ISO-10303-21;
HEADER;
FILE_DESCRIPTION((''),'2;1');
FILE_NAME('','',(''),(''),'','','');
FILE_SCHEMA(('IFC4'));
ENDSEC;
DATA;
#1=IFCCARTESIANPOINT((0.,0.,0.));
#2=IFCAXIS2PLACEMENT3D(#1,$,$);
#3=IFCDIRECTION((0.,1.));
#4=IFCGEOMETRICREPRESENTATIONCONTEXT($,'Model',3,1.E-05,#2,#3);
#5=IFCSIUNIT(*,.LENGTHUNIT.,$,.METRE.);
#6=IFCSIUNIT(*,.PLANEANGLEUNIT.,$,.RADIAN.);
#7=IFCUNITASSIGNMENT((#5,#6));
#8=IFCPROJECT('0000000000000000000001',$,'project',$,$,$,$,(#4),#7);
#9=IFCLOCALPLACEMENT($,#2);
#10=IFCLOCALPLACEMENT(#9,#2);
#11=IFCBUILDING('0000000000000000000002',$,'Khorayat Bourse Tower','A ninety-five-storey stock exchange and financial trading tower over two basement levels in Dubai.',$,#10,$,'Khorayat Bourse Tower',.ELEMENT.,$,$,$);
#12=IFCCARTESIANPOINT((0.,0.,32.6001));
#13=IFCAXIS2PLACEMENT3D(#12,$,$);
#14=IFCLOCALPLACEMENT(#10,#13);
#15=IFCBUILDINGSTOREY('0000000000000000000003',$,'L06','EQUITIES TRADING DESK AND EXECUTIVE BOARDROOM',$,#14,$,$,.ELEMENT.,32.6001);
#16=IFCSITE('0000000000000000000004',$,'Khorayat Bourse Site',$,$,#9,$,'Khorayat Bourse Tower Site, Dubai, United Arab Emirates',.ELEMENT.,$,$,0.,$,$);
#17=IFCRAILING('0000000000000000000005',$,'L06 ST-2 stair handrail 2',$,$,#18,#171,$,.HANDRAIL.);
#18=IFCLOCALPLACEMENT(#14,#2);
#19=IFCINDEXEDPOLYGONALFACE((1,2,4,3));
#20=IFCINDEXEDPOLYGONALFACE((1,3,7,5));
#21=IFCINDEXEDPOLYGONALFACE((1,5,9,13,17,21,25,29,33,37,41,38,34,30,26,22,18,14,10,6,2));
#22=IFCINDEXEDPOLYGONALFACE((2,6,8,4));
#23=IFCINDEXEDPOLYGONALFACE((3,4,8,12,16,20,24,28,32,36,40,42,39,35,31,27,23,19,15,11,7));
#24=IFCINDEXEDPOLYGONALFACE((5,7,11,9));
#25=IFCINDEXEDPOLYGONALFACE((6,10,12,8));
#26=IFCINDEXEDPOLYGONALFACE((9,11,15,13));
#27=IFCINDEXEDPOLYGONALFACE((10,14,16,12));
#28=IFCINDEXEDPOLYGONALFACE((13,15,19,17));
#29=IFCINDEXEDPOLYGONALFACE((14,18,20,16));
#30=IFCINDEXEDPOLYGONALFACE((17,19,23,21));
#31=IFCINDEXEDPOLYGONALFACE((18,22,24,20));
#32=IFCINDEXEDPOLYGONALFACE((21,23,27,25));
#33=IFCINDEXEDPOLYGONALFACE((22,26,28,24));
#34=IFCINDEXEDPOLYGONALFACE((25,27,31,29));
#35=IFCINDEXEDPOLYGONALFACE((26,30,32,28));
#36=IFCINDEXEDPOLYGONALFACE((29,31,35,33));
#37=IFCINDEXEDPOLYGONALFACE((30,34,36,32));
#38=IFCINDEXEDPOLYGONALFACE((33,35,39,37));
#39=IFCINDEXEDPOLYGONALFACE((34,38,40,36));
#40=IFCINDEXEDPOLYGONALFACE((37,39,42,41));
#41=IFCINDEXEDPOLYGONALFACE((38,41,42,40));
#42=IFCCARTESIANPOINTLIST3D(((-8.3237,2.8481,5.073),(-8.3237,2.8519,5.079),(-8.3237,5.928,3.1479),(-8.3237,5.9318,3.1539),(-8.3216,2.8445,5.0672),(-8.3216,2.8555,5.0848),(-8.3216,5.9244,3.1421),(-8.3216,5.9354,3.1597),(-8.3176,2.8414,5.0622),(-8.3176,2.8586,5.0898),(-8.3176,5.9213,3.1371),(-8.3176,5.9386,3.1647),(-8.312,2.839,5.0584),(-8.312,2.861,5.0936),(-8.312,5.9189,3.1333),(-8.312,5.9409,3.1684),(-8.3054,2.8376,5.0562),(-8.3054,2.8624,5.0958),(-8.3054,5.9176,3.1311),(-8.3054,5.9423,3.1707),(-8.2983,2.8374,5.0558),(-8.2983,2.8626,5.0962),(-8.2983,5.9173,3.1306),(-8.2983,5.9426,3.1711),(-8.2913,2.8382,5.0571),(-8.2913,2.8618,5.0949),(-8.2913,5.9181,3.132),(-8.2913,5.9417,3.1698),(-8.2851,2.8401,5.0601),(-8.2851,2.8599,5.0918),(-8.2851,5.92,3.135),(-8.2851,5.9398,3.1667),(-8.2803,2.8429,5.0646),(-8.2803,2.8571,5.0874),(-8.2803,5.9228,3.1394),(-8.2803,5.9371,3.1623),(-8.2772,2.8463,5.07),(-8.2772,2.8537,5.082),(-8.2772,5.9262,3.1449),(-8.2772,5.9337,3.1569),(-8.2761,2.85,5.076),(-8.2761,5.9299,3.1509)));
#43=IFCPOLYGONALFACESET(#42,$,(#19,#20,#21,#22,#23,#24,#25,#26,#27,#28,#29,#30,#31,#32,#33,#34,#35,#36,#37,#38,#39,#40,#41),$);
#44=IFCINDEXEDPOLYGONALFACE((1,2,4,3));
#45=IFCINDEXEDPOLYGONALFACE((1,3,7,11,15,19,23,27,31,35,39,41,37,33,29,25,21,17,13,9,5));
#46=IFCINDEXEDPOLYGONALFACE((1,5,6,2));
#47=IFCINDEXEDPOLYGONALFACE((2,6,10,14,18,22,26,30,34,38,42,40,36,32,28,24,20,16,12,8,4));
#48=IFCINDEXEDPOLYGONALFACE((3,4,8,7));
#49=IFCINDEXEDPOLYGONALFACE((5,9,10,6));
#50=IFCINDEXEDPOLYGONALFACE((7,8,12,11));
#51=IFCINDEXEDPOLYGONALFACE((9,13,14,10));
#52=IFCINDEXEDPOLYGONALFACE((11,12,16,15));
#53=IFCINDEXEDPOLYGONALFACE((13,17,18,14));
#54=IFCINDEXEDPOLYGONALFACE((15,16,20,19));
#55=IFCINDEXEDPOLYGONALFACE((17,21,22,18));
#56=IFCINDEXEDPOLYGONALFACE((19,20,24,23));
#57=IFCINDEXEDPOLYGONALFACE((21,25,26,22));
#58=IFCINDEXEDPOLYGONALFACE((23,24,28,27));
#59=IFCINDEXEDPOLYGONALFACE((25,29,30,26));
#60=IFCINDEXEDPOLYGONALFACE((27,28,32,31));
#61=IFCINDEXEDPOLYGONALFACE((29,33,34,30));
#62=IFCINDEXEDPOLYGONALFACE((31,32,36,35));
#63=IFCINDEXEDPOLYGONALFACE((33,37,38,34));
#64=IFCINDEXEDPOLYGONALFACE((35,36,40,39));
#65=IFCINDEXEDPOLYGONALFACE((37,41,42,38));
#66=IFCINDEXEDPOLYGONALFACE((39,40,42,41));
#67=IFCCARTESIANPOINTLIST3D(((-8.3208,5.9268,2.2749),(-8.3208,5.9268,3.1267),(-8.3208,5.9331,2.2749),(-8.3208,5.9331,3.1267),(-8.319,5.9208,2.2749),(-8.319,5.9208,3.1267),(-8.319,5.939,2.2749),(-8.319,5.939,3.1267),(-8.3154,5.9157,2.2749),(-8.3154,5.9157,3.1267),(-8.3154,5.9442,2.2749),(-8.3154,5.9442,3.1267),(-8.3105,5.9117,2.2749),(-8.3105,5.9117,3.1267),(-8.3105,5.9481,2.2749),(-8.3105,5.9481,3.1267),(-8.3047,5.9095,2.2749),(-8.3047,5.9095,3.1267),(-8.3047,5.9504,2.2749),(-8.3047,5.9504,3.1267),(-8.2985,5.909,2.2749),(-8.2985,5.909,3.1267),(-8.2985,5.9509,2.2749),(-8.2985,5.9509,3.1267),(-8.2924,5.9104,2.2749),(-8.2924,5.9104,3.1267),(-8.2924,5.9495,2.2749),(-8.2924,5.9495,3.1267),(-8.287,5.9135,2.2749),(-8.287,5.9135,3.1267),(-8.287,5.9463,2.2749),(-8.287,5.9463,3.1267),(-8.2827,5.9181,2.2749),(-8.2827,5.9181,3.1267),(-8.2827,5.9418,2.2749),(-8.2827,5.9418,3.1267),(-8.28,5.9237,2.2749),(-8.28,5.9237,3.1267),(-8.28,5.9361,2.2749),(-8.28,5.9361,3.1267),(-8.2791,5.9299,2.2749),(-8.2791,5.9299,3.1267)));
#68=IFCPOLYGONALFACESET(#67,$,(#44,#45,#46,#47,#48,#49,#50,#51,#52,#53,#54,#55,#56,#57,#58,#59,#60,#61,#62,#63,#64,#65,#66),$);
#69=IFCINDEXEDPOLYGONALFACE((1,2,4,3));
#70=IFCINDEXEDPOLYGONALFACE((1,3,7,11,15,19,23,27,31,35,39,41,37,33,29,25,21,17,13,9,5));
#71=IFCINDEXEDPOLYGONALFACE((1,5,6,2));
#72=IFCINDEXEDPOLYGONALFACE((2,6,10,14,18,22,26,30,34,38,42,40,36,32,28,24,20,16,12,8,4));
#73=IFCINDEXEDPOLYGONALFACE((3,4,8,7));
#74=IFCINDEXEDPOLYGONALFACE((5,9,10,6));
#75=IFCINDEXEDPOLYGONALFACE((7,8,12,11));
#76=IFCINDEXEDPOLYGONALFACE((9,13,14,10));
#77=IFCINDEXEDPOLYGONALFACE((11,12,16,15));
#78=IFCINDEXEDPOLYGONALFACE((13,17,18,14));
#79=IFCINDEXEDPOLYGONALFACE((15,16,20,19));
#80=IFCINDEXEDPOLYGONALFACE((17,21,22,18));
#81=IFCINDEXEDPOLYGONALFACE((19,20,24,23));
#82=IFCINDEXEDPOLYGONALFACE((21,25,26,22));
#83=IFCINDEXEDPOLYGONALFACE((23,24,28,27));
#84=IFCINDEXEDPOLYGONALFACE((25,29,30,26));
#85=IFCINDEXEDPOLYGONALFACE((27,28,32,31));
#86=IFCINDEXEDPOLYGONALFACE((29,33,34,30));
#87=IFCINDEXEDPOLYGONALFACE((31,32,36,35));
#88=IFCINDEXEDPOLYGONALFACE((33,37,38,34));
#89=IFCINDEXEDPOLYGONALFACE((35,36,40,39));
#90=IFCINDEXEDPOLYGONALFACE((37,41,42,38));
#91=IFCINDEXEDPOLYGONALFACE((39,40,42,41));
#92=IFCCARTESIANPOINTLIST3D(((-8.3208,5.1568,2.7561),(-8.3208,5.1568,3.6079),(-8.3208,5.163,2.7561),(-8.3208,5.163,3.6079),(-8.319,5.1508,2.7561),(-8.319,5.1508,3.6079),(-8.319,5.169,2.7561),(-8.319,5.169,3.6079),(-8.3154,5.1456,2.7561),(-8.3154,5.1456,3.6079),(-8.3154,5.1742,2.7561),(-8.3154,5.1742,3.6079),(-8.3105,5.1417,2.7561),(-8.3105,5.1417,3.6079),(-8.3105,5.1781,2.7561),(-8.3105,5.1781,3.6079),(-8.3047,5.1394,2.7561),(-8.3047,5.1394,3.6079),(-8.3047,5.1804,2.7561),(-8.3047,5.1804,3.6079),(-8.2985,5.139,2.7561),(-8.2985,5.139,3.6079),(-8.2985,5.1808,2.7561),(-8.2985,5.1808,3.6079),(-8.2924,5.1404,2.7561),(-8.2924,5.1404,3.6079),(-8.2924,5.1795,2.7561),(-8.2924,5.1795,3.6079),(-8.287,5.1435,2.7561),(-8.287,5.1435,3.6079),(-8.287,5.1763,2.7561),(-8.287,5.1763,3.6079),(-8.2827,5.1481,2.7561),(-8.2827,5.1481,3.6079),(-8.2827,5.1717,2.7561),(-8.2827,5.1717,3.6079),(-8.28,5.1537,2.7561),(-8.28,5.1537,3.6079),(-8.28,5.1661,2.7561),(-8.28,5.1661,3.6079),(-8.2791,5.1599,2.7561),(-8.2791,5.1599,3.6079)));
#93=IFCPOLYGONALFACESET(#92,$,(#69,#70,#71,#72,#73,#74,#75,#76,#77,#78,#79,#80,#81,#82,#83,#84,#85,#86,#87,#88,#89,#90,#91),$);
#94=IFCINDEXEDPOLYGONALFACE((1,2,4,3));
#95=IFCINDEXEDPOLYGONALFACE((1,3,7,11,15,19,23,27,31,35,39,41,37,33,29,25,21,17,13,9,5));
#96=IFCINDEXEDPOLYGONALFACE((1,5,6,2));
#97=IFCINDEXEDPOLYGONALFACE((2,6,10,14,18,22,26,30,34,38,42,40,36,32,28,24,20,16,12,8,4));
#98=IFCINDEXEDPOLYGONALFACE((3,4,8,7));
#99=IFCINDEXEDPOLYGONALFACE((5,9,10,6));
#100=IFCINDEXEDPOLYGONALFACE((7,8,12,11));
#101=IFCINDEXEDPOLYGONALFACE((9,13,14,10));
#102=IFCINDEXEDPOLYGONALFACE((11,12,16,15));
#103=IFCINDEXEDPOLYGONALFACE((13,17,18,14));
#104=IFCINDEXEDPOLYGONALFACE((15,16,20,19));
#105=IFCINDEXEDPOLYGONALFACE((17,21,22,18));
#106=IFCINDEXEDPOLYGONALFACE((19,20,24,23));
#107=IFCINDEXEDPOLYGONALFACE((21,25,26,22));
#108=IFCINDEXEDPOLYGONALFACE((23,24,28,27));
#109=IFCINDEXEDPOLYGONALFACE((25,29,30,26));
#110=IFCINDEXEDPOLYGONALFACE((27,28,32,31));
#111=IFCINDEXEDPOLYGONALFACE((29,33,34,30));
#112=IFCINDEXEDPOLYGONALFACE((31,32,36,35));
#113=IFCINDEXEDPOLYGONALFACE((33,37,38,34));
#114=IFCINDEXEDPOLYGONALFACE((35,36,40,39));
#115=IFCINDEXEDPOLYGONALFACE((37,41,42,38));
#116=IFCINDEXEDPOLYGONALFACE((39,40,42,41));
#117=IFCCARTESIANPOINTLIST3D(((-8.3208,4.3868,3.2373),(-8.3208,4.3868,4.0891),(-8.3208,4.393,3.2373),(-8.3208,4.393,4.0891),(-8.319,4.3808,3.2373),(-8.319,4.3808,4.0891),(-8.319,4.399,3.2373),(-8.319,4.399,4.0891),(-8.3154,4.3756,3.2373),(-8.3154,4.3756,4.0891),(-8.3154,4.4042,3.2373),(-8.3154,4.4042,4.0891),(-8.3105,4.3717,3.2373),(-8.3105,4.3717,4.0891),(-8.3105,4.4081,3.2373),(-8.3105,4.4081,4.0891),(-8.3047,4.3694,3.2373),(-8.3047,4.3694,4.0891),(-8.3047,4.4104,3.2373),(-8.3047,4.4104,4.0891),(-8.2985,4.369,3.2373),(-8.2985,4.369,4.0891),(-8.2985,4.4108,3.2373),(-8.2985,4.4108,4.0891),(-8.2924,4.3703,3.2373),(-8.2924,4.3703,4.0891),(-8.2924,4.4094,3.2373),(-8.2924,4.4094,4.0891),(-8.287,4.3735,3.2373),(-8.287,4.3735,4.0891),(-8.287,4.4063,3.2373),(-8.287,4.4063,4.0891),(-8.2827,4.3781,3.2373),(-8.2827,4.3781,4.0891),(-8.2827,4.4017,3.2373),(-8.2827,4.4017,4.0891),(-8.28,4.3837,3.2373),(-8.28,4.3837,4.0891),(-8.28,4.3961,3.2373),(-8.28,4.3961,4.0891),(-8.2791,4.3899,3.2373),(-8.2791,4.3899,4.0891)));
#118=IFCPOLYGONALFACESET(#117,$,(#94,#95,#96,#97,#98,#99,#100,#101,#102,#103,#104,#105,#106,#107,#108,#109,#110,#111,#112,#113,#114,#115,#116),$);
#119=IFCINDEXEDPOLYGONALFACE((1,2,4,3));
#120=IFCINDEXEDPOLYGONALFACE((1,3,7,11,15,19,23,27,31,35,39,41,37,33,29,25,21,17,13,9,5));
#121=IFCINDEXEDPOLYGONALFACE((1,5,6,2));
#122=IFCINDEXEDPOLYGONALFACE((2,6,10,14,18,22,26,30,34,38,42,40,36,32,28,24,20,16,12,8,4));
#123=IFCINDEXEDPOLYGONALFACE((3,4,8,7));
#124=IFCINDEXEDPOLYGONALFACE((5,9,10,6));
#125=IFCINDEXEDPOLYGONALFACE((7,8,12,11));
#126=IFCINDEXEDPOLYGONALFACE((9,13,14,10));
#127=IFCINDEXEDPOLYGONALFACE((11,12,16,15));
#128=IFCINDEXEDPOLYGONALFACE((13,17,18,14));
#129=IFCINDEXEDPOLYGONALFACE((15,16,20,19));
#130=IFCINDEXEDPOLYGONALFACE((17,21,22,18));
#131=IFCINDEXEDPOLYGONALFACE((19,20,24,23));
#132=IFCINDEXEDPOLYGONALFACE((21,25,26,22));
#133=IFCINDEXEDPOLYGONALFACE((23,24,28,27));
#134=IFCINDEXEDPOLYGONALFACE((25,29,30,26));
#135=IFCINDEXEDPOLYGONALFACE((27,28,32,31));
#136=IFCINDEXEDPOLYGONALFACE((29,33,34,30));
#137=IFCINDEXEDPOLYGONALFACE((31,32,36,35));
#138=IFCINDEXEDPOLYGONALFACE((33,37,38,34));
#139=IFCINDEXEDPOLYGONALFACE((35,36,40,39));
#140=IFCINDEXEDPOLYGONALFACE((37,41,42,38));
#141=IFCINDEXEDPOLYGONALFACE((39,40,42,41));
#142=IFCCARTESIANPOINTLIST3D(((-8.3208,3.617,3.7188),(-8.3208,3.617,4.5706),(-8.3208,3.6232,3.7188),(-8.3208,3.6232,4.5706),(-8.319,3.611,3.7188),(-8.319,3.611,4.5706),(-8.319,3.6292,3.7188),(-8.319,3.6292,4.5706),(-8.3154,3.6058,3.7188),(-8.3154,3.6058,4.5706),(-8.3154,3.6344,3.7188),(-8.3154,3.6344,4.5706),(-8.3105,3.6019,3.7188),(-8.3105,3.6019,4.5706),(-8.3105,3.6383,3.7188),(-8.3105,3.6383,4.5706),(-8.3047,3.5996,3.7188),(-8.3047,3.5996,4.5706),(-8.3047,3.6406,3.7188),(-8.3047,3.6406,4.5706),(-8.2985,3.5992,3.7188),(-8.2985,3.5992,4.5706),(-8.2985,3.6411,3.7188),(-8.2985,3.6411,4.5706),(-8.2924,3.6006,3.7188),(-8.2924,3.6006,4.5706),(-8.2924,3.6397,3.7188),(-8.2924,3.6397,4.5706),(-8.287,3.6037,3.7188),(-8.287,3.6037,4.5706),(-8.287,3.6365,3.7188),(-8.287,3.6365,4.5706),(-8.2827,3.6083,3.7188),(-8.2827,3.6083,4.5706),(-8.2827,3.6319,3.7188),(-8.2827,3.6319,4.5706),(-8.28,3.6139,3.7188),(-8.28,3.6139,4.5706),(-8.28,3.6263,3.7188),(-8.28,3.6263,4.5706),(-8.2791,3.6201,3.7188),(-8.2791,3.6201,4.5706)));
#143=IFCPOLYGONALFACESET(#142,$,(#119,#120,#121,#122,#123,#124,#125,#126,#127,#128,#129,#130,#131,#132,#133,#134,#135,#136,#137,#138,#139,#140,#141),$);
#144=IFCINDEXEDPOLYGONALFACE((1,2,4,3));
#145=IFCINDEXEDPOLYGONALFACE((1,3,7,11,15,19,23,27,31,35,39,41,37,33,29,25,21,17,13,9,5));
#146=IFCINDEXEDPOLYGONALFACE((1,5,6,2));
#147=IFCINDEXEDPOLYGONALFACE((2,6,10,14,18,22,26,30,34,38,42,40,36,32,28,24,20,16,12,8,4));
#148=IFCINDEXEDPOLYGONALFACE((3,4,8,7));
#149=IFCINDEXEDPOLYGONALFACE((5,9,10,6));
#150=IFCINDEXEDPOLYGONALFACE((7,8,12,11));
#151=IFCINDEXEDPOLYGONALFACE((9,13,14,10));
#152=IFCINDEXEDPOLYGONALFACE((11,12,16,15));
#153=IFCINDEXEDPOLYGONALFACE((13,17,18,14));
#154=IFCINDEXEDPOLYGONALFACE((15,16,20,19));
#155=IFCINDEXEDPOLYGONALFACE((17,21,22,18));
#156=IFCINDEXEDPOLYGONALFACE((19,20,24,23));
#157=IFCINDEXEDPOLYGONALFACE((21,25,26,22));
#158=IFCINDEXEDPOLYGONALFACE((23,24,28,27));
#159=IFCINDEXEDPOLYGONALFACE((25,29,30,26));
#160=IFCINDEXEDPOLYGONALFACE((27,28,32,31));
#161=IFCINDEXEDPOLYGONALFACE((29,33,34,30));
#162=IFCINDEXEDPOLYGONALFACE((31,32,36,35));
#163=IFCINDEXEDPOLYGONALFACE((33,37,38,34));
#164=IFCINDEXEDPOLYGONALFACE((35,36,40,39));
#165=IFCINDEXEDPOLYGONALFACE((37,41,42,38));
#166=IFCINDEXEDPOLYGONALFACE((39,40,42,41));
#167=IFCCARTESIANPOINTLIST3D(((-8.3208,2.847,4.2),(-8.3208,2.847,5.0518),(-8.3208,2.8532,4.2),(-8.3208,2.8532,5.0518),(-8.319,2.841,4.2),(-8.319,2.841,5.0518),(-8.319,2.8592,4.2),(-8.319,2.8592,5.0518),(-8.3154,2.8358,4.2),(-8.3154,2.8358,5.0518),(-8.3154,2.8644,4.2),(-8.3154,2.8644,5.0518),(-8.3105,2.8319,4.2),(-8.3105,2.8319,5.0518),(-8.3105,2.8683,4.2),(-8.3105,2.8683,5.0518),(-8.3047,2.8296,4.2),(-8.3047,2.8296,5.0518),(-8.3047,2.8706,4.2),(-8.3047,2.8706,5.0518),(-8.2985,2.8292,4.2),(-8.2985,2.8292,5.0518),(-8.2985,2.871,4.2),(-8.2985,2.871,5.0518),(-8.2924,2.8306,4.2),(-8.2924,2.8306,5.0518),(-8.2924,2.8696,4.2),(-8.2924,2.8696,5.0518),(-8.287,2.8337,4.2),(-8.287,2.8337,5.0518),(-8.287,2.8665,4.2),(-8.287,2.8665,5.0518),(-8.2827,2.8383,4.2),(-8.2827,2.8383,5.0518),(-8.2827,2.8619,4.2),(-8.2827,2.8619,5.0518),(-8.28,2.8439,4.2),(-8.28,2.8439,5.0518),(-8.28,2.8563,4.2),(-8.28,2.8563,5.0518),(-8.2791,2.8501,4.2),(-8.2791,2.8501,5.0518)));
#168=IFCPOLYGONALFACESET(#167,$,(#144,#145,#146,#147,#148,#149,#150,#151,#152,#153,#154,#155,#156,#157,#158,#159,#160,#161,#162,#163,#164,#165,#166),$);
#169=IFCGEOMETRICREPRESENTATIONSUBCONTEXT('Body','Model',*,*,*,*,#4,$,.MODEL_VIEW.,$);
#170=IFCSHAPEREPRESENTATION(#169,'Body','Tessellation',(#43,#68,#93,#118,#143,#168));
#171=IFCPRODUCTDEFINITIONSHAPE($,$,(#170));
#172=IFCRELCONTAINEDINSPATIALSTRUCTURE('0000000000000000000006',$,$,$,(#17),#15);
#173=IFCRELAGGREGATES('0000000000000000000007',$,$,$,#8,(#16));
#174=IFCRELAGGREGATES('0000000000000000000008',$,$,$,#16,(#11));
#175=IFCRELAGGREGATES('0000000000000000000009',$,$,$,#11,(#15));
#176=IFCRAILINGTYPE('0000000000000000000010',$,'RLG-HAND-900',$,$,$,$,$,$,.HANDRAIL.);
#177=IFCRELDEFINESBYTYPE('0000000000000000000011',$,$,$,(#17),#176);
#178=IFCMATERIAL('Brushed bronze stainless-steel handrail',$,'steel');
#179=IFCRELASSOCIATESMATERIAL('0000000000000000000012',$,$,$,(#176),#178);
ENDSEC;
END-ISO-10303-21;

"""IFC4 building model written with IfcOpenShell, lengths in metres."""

from ifc_helpers import new_model, si_unit, direction, frame, origin, origin_2d, place, context, subcontext, project, spatial, circle, extrude, source, transform, mapped, material, type_object, element, save


model = new_model("IFC4")

# Units and contexts
model_context = context("Model", 3, precision=1e-05, world=origin(), true_north=direction((0.0, 1.0)))
body_context = subcontext(model_context, "Body", "Model", "MODEL_VIEW")
ifc_project = project(units=[si_unit("LENGTHUNIT", "METRE"), si_unit("PLANEANGLEUNIT", "RADIAN")], contexts=[model_context])

# Site, building, storey
site_placement = place(None, origin())
site = spatial("IfcSite", under=ifc_project, at=site_placement, Name="Khorayat Bourse Site", LongName="Khorayat Bourse Tower Site, Dubai, United Arab Emirates", CompositionType="ELEMENT", RefElevation=0.0)
building_placement = place(site_placement, origin())
building = spatial("IfcBuilding", under=site, at=building_placement, Name="Khorayat Bourse Tower", Description="A ninety-five-storey stock exchange and financial trading tower over two basement levels in Dubai.", LongName="Khorayat Bourse Tower", CompositionType="ELEMENT")
storey_placement = place(building_placement, frame((0.0, 0.0, 32.6001)))
storey = spatial("IfcBuildingStorey", under=building, at=storey_placement, Name="L06", Description="EQUITIES TRADING DESK AND EXECUTIVE BOARDROOM", CompositionType="ELEMENT", Elevation=32.6001)

# Railing
ifc_material_1 = material(Name="Brushed bronze stainless-steel handrail", Category="steel")
railing_type_1 = type_object("IfcRailingType", Name="RLG-HAND-900", PredefinedType="HANDRAIL", material=ifc_material_1)
shared_shape_1 = source(origin(), body_context, "Body", "SweptSolid", [
    extrude(circle(Radius=0.0239, at=origin_2d()), frame((0.0, 0.0, 0.876), z_axis=(0.0, -0.847979, 0.530029), x_axis=(1.0, 0.0, 0.0)), (0.0, 0.0, 1.0), 3.6321),
    extrude(circle(Radius=0.021, at=origin_2d()), origin(), (0.0, 0.0, 1.0), 0.8518),
    extrude(circle(Radius=0.021, at=origin_2d()), frame((0.0, -0.77, 0.4812)), (0.0, 0.0, 1.0), 0.8518),
    extrude(circle(Radius=0.021, at=origin_2d()), frame((0.0, -1.54, 0.9624)), (0.0, 0.0, 1.0), 0.8518),
    extrude(circle(Radius=0.021, at=origin_2d()), frame((0.0, -2.3098, 1.4438)), (0.0, 0.0, 1.0), 0.8518),
    extrude(circle(Radius=0.021, at=origin_2d()), frame((0.0, -3.0798, 1.925)), (0.0, 0.0, 1.0), 0.8518),
])
railing_1_placement = place(storey_placement, frame((-8.3, 5.9299, 2.2749)))
element("IfcRailing", 1, at=railing_1_placement, inside=storey, type_object=railing_type_1, Name="L06 ST-2 stair handrail 2", PredefinedType="HANDRAIL", context=body_context, shape_type="MappedRepresentation", body=[
    mapped(shared_shape_1, transform((0.0, 0.0, 0.0), scale=1.0)),
])

save(model, "model.ifc")
